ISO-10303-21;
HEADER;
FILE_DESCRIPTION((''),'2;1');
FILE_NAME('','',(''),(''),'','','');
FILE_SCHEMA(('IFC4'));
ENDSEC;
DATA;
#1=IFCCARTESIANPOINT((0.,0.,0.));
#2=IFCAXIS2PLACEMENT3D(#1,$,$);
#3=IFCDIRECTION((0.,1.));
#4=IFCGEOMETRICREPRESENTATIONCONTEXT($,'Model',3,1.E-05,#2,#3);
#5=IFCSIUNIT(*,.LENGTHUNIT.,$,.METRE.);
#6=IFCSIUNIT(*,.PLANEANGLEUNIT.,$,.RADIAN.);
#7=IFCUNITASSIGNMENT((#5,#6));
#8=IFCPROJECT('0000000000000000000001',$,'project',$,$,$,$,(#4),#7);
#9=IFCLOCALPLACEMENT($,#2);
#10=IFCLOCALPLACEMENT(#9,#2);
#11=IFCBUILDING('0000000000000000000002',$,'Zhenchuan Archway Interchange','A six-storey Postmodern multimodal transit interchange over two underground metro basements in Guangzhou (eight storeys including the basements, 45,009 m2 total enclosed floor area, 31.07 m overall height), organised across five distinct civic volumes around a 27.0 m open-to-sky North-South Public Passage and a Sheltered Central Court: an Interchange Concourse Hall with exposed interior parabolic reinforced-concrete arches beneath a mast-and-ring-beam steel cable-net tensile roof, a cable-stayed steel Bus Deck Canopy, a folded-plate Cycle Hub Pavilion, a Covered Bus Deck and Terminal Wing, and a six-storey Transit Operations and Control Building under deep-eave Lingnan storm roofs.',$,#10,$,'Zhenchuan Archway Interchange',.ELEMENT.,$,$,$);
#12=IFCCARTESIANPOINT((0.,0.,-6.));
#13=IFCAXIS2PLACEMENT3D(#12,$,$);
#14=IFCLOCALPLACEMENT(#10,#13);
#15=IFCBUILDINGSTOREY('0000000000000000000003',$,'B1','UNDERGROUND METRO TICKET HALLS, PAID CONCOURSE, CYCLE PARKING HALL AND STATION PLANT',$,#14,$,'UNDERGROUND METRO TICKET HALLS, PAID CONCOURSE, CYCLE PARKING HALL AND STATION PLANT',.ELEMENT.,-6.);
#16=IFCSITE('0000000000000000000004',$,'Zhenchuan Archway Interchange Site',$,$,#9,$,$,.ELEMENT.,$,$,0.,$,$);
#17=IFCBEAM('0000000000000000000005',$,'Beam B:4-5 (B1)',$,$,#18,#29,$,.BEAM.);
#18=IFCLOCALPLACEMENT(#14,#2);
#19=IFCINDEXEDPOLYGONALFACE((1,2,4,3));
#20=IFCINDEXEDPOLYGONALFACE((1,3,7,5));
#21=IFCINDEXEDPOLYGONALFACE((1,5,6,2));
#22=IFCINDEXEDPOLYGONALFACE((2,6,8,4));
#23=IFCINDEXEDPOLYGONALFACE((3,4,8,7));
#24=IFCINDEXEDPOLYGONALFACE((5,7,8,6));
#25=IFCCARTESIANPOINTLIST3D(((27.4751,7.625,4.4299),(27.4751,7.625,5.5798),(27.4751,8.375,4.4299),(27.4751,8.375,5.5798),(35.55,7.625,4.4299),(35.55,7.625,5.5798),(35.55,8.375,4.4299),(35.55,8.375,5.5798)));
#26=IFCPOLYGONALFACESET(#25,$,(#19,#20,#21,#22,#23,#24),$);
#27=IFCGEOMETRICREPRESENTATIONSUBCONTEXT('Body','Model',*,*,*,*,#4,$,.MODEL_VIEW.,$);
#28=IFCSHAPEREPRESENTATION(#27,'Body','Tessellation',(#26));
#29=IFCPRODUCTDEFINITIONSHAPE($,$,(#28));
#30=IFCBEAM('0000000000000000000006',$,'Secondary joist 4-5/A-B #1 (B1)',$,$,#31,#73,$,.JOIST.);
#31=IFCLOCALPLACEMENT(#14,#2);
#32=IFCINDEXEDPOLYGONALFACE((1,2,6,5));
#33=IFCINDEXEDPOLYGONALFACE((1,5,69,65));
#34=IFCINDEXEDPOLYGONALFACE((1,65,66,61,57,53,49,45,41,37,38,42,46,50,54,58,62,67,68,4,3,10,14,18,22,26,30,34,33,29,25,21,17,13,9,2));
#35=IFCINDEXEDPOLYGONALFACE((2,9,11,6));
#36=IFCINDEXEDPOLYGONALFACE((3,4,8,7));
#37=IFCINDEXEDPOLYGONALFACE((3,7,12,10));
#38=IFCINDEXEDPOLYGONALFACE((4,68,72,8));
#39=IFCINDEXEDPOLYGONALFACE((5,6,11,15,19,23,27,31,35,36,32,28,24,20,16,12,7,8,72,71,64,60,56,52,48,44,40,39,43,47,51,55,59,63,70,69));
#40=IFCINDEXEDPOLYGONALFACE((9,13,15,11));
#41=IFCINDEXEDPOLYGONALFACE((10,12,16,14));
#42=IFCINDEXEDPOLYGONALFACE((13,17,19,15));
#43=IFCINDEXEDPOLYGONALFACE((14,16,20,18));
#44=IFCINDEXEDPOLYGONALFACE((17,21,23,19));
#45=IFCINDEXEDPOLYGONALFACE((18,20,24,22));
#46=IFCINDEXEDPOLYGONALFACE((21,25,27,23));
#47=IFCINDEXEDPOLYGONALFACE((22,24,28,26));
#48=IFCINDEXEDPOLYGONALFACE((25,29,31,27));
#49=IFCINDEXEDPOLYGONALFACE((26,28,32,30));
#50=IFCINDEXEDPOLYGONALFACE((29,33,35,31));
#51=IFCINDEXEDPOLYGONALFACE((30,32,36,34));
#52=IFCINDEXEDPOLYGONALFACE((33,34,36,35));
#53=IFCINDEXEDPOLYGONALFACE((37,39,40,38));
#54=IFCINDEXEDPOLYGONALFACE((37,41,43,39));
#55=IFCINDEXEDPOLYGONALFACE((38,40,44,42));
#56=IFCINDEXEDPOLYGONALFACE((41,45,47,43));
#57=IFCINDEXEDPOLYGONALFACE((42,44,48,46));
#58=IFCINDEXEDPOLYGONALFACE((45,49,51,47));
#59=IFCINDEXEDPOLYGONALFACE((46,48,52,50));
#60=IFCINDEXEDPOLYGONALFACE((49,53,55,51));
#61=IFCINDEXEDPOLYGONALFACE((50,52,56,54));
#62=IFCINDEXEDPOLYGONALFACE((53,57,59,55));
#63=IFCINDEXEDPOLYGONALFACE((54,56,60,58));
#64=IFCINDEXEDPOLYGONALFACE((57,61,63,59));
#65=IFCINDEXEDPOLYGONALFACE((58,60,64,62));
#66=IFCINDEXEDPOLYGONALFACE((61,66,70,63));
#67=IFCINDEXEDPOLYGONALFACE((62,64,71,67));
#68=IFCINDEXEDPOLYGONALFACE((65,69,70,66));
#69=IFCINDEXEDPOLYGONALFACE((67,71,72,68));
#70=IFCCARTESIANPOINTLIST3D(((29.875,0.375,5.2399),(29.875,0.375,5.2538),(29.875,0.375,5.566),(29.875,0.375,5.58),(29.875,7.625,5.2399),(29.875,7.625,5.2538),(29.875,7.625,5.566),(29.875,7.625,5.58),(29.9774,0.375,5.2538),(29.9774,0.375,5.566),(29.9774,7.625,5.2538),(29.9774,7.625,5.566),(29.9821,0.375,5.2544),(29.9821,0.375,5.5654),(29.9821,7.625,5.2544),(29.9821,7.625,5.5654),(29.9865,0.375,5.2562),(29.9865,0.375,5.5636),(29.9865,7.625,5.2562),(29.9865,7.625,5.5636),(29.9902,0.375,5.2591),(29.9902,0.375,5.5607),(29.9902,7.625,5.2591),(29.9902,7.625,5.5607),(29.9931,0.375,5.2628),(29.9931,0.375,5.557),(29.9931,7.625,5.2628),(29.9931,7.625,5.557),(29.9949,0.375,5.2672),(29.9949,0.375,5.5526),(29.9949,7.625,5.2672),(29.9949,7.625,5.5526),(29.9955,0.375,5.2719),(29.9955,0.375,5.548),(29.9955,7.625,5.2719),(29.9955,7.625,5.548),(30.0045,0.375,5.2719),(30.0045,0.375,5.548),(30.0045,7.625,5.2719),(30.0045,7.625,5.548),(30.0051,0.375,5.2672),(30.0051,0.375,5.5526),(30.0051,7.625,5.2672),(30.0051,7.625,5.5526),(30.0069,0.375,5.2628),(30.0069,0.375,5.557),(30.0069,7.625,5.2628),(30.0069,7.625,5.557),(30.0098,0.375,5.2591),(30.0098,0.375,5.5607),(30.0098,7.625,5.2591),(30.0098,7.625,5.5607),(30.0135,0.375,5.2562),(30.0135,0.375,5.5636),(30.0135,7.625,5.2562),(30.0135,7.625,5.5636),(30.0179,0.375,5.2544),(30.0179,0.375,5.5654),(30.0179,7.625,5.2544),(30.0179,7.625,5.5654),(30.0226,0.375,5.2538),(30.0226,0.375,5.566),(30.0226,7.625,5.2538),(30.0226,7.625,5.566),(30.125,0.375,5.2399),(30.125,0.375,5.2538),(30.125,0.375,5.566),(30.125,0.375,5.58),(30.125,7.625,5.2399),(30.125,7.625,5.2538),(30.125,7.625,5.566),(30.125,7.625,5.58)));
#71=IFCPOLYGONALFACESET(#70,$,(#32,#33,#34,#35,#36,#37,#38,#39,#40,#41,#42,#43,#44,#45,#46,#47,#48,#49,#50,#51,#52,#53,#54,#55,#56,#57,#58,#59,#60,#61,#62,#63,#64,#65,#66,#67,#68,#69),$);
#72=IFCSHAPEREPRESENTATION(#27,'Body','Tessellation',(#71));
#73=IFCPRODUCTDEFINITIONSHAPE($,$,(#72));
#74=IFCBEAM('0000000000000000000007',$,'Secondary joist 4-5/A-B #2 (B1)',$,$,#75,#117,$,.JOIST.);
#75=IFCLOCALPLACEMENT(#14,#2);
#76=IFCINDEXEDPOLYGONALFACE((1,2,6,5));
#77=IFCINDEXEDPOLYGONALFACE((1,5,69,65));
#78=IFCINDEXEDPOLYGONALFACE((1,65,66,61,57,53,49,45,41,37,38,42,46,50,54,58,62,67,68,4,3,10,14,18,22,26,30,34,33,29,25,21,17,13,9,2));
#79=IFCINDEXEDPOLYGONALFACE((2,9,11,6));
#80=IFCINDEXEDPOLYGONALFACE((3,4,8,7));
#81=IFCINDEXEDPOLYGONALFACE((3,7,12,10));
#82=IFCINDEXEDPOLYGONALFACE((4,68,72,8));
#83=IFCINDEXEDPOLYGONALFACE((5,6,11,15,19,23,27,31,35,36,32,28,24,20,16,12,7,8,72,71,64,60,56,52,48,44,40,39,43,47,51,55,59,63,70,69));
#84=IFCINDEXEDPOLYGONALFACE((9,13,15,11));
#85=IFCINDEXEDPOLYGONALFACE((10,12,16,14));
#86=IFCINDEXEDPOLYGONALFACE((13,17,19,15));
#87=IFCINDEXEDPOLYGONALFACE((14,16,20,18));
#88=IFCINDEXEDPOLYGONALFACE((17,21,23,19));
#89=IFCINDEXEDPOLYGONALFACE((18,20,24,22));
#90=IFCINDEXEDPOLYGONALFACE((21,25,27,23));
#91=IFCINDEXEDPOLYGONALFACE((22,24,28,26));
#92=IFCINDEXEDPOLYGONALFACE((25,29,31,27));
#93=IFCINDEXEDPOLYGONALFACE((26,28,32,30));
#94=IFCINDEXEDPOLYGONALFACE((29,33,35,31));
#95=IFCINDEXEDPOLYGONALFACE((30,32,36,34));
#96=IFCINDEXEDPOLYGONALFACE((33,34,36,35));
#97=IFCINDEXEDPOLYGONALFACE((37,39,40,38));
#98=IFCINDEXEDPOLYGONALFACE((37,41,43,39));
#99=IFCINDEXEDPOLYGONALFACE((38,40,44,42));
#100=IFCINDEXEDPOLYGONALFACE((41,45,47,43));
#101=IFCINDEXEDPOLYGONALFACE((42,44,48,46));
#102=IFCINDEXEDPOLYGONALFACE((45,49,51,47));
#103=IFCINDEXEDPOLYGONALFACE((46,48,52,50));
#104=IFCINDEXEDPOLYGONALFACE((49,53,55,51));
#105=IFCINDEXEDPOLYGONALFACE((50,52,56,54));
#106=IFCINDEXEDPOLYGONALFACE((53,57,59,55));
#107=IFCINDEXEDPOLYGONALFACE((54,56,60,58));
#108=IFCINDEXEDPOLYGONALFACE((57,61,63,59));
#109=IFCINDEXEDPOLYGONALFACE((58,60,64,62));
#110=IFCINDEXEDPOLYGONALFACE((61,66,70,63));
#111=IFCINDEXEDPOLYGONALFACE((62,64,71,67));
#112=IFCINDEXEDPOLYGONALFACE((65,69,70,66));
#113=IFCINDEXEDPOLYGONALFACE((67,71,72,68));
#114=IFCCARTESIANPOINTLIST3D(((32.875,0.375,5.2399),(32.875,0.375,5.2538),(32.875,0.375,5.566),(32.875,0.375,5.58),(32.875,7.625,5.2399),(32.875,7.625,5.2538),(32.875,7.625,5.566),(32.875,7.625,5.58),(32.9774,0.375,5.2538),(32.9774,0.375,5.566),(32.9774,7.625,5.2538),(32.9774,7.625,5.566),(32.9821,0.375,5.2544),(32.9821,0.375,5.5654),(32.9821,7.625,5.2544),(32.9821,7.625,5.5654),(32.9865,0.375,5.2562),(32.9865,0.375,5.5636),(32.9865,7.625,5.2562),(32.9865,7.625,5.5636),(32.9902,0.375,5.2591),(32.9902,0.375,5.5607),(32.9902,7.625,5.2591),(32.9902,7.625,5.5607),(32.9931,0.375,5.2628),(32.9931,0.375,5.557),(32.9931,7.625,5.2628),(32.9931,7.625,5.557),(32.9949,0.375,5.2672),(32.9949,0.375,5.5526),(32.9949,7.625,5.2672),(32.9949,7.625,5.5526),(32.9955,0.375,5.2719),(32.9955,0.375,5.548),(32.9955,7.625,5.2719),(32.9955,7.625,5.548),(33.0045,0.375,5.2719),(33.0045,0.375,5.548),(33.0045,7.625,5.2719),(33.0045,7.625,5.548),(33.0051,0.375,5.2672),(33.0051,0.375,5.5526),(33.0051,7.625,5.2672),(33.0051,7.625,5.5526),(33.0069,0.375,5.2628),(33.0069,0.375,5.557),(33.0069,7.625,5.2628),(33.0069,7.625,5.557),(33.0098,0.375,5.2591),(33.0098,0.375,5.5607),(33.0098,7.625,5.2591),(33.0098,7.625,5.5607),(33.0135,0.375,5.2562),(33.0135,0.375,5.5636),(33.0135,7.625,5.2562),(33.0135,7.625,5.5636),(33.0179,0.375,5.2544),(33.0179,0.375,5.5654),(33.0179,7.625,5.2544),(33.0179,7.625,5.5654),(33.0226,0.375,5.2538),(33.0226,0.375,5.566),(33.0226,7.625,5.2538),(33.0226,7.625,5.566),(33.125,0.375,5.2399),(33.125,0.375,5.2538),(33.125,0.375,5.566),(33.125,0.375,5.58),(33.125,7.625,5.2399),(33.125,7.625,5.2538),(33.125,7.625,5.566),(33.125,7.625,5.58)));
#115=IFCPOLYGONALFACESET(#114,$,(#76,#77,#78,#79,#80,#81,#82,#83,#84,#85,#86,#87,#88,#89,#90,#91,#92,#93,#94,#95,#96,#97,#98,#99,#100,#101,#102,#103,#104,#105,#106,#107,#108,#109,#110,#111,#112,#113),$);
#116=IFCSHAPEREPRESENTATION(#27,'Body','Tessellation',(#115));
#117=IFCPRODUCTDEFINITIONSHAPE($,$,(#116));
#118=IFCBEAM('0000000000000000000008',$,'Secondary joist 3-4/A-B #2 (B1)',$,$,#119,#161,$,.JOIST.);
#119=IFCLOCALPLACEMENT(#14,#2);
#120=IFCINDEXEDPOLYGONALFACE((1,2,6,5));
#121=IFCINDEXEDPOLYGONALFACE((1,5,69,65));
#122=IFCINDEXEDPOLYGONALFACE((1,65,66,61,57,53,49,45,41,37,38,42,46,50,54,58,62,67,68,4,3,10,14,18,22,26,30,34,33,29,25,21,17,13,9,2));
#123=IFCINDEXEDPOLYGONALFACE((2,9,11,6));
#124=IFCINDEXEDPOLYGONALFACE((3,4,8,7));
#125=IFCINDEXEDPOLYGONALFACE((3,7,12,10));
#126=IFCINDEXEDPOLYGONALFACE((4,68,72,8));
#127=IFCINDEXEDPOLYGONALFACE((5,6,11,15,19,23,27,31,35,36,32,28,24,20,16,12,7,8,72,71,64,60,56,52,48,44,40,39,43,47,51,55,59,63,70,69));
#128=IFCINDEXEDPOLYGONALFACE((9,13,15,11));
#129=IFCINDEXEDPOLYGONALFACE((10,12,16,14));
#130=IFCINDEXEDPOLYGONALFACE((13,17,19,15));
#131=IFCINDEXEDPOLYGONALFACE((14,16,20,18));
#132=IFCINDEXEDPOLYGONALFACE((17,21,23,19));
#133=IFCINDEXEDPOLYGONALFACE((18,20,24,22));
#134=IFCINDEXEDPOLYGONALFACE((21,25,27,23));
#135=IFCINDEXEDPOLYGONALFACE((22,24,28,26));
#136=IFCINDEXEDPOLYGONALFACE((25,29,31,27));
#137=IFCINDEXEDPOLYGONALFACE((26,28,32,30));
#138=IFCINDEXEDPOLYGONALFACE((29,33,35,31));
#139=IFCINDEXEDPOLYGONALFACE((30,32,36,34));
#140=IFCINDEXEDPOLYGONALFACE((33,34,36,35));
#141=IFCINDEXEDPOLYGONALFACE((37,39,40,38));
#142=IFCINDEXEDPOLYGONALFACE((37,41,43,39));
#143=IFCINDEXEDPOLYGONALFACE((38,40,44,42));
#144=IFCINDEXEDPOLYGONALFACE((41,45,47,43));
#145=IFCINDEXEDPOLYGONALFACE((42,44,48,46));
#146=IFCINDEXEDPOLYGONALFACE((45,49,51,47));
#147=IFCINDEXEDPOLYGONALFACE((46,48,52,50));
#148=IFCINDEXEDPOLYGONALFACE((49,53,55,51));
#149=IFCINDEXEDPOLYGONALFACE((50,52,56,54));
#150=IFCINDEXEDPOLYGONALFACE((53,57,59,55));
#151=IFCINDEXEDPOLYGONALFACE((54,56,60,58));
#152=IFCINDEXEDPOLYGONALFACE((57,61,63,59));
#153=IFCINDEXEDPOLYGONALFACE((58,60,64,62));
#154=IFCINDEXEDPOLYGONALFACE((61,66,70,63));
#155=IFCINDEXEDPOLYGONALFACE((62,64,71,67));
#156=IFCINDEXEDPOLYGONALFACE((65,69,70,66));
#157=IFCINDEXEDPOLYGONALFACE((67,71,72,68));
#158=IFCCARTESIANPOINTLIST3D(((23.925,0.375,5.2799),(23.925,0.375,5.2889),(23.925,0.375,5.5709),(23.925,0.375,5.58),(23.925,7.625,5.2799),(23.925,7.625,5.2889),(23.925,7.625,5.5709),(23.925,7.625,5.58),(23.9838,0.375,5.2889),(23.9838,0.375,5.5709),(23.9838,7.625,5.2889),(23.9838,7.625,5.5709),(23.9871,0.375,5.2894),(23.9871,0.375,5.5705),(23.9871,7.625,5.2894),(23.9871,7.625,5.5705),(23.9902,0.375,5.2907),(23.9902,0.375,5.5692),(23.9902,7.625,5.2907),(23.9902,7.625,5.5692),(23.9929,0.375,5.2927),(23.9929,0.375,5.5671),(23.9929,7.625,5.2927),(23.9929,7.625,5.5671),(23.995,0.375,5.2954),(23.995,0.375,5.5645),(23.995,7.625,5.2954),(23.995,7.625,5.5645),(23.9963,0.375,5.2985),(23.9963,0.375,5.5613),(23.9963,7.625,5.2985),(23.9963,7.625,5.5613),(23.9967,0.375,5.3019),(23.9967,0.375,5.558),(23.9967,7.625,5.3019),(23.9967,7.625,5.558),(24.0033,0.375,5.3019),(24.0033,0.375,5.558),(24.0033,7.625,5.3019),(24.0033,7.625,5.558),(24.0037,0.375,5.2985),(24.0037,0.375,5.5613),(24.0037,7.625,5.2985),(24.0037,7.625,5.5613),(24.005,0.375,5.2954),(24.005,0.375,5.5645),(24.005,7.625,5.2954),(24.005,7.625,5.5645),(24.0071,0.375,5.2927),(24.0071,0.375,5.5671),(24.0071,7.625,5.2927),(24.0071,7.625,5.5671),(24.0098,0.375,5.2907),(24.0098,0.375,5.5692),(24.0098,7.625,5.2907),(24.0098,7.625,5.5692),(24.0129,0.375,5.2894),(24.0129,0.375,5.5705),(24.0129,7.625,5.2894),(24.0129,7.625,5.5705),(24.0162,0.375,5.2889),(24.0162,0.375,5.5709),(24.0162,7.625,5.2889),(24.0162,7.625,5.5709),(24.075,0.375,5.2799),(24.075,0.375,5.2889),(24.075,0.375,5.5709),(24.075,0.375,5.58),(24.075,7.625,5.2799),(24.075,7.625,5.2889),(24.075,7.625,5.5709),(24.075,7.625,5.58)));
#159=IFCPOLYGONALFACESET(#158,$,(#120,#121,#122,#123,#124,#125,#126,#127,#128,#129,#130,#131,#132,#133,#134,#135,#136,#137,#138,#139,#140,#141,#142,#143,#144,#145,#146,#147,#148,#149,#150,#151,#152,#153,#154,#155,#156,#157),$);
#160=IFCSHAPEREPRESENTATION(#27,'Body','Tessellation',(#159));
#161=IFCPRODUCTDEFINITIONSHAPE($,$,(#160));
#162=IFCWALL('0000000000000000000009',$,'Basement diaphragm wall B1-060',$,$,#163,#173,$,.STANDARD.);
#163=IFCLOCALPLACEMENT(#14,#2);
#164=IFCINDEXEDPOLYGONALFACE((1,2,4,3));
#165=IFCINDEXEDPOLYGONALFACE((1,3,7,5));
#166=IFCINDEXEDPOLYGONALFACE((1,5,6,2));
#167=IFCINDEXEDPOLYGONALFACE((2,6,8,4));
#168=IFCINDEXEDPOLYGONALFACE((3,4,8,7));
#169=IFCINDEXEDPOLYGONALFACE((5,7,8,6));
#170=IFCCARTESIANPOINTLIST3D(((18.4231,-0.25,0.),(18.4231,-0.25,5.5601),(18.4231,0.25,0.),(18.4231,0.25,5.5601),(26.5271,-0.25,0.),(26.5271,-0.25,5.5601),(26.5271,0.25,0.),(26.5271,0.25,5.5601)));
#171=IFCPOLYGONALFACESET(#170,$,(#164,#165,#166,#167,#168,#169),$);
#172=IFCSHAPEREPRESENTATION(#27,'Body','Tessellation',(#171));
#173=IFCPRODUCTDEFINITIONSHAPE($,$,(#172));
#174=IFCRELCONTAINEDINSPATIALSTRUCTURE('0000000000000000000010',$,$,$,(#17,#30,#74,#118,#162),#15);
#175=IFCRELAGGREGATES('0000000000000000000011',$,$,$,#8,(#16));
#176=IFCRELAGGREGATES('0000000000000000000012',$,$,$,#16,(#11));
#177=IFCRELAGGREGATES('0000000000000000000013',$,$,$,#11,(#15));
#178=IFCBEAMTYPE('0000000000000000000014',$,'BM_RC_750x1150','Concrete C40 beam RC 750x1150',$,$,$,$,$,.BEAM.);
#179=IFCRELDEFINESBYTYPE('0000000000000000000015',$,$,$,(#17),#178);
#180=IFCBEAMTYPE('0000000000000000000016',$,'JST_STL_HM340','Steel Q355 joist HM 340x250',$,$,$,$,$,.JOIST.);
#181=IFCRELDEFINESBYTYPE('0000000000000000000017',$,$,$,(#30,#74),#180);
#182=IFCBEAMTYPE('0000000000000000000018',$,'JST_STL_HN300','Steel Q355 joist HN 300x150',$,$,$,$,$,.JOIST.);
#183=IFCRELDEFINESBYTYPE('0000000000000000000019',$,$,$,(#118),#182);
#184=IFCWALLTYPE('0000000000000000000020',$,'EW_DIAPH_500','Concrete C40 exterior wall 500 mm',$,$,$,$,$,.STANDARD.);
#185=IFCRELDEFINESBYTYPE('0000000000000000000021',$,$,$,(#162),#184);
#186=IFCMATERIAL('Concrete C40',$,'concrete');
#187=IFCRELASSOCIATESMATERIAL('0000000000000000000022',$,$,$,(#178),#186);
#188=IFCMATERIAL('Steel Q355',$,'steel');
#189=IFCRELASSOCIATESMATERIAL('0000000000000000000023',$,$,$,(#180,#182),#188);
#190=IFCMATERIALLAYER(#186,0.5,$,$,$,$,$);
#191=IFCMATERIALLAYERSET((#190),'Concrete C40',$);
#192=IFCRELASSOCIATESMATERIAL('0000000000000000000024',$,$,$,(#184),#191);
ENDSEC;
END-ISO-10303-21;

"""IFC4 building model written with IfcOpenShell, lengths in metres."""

from ifc_helpers import new_model, si_unit, direction, frame, frame_2d, origin, origin_2d, place, context, subcontext, project, spatial, rectangle, i_section, extrude, material, layer, layer_set, material_profile, profile_set, type_object, element, save


model = new_model("IFC4")

# Units and contexts
model_context = context("Model", 3, precision=1e-05, world=origin(), true_north=direction((0.0, 1.0)))
body_context = subcontext(model_context, "Body", "Model", "MODEL_VIEW")
ifc_project = project(units=[si_unit("LENGTHUNIT", "METRE"), si_unit("PLANEANGLEUNIT", "RADIAN")], contexts=[model_context])

# Site, building, storey
site_placement = place(None, origin())
site = spatial("IfcSite", under=ifc_project, at=site_placement, Name="Zhenchuan Archway Interchange Site", CompositionType="ELEMENT", RefElevation=0.0)
building_placement = place(site_placement, origin())
building = spatial("IfcBuilding", under=site, at=building_placement, Name="Zhenchuan Archway Interchange", Description="A six-storey Postmodern multimodal transit interchange over two underground metro basements in Guangzhou (eight storeys including the basements, 45,009 m2 total enclosed floor area, 31.07 m overall height), organised across five distinct civic volumes around a 27.0 m open-to-sky North-South Public Passage and a Sheltered Central Court: an Interchange Concourse Hall with exposed interior parabolic reinforced-concrete arches beneath a mast-and-ring-beam steel cable-net tensile roof, a cable-stayed steel Bus Deck Canopy, a folded-plate Cycle Hub Pavilion, a Covered Bus Deck and Terminal Wing, and a six-storey Transit Operations and Control Building under deep-eave Lingnan storm roofs.", LongName="Zhenchuan Archway Interchange", CompositionType="ELEMENT")
storey_placement = place(building_placement, frame((0.0, 0.0, -6.0)))
storey = spatial("IfcBuildingStorey", under=building, at=storey_placement, Name="B1", Description="UNDERGROUND METRO TICKET HALLS, PAID CONCOURSE, CYCLE PARKING HALL AND STATION PLANT", LongName="UNDERGROUND METRO TICKET HALLS, PAID CONCOURSE, CYCLE PARKING HALL AND STATION PLANT", CompositionType="ELEMENT", Elevation=-6.0)

# Shared definitions
ifc_material_1 = material(Name="Concrete C40", Category="concrete")

# Beams
ifc_material_profile_1 = material_profile(ifc_material_1, rectangle(XDim=0.75, YDim=1.1499, at=origin_2d()), Name="RC 750x1150")
ifc_profile_set_1 = profile_set([ifc_material_profile_1], Name="Concrete C40")
beam_type_1 = type_object("IfcBeamType", Name="BM_RC_750x1150", Description="Concrete C40 beam RC 750x1150", PredefinedType="BEAM", material=ifc_profile_set_1)
for number, where, z_axis, x_axis, name in (
    (1, (27.4751, 8.0, 5.0049), (1.0, 0.0, 0.0), (0.0, 1.0, 0.0), "Beam B:4-5 (B1)"),
):
    element("IfcBeam", number, at=place(storey_placement, frame(where, z_axis=z_axis, x_axis=x_axis)), inside=storey, type_object=beam_type_1, Name=name, PredefinedType="BEAM", context=body_context, shape_type="SweptSolid", body=[
        extrude(rectangle(XDim=0.75, YDim=1.1499, at=origin_2d()), origin(), (0.0, 0.0, 1.0), 8.075),
    ])
ifc_material_2 = material(Name="Steel Q355", Category="steel")
ifc_material_profile_2 = material_profile(ifc_material_2, i_section(OverallWidth=0.25, OverallDepth=0.3401, WebThickness=0.009, FlangeThickness=0.0139, FilletRadius=0.0181, at=origin_2d()), Name="HM 340x250")
ifc_profile_set_2 = profile_set([ifc_material_profile_2], Name="Steel Q355")
beam_type_2 = type_object("IfcBeamType", Name="JST_STL_HM340", Description="Steel Q355 joist HM 340x250", PredefinedType="JOIST", material=ifc_profile_set_2)
for number, where, z_axis, x_axis, name in (
    (2, (30.0, 0.375, 5.4099), (0.0, 1.0, 0.0), (-1.0, 0.0, 0.0), "Secondary joist 4-5/A-B #1 (B1)"),
    (3, (33.0, 0.375, 5.4099), (0.0, 1.0, 0.0), (-1.0, 0.0, 0.0), "Secondary joist 4-5/A-B #2 (B1)"),
):
    element("IfcBeam", number, at=place(storey_placement, frame(where, z_axis=z_axis, x_axis=x_axis)), inside=storey, type_object=beam_type_2, Name=name, PredefinedType="JOIST", context=body_context, shape_type="SweptSolid", body=[
        extrude(i_section(OverallWidth=0.25, OverallDepth=0.3401, WebThickness=0.009, FlangeThickness=0.0139, FilletRadius=0.0181, at=origin_2d()), origin(), (0.0, 0.0, 1.0), 7.25),
    ])
ifc_material_profile_3 = material_profile(ifc_material_2, i_section(OverallWidth=0.1499, OverallDepth=0.3, WebThickness=0.0066, FlangeThickness=0.009, FilletRadius=0.0129, at=origin_2d()), Name="HN 300x150")
ifc_profile_set_3 = profile_set([ifc_material_profile_3], Name="Steel Q355")
beam_type_3 = type_object("IfcBeamType", Name="JST_STL_HN300", Description="Steel Q355 joist HN 300x150", PredefinedType="JOIST", material=ifc_profile_set_3)
beam_1_placement = place(storey_placement, frame((24.0, 0.375, 5.4299), z_axis=(0.0, 1.0, 0.0), x_axis=(-1.0, 0.0, 0.0)))
element("IfcBeam", 4, at=beam_1_placement, inside=storey, type_object=beam_type_3, Name="Secondary joist 3-4/A-B #2 (B1)", PredefinedType="JOIST", context=body_context, shape_type="SweptSolid", body=[
    extrude(i_section(OverallWidth=0.1499, OverallDepth=0.3, WebThickness=0.0066, FlangeThickness=0.009, FilletRadius=0.0129, at=origin_2d()), origin(), (0.0, 0.0, 1.0), 7.25),
])

# Wall
ifc_layer_1 = layer(ifc_material_1, 0.5)
ifc_layer_set_1 = layer_set([ifc_layer_1], Name="Concrete C40")
wall_type_1 = type_object("IfcWallType", Name="EW_DIAPH_500", Description="Concrete C40 exterior wall 500 mm", PredefinedType="STANDARD", material=ifc_layer_set_1)
wall_1_placement = place(storey_placement, frame((26.5271, 0.0, 0.0), z_axis=(0.0, 0.0, 1.0), x_axis=(-1.0, 0.0, 0.0)))
element("IfcWall", 5, at=wall_1_placement, inside=storey, type_object=wall_type_1, Name="Basement diaphragm wall B1-060", PredefinedType="STANDARD", context=body_context, shape_type="SweptSolid", body=[
    extrude(rectangle(XDim=8.104, YDim=0.5, at=frame_2d((4.052, 0.0))), origin(), (0.0, 0.0, 1.0), 5.5601),
])

save(model, "model.ifc")
